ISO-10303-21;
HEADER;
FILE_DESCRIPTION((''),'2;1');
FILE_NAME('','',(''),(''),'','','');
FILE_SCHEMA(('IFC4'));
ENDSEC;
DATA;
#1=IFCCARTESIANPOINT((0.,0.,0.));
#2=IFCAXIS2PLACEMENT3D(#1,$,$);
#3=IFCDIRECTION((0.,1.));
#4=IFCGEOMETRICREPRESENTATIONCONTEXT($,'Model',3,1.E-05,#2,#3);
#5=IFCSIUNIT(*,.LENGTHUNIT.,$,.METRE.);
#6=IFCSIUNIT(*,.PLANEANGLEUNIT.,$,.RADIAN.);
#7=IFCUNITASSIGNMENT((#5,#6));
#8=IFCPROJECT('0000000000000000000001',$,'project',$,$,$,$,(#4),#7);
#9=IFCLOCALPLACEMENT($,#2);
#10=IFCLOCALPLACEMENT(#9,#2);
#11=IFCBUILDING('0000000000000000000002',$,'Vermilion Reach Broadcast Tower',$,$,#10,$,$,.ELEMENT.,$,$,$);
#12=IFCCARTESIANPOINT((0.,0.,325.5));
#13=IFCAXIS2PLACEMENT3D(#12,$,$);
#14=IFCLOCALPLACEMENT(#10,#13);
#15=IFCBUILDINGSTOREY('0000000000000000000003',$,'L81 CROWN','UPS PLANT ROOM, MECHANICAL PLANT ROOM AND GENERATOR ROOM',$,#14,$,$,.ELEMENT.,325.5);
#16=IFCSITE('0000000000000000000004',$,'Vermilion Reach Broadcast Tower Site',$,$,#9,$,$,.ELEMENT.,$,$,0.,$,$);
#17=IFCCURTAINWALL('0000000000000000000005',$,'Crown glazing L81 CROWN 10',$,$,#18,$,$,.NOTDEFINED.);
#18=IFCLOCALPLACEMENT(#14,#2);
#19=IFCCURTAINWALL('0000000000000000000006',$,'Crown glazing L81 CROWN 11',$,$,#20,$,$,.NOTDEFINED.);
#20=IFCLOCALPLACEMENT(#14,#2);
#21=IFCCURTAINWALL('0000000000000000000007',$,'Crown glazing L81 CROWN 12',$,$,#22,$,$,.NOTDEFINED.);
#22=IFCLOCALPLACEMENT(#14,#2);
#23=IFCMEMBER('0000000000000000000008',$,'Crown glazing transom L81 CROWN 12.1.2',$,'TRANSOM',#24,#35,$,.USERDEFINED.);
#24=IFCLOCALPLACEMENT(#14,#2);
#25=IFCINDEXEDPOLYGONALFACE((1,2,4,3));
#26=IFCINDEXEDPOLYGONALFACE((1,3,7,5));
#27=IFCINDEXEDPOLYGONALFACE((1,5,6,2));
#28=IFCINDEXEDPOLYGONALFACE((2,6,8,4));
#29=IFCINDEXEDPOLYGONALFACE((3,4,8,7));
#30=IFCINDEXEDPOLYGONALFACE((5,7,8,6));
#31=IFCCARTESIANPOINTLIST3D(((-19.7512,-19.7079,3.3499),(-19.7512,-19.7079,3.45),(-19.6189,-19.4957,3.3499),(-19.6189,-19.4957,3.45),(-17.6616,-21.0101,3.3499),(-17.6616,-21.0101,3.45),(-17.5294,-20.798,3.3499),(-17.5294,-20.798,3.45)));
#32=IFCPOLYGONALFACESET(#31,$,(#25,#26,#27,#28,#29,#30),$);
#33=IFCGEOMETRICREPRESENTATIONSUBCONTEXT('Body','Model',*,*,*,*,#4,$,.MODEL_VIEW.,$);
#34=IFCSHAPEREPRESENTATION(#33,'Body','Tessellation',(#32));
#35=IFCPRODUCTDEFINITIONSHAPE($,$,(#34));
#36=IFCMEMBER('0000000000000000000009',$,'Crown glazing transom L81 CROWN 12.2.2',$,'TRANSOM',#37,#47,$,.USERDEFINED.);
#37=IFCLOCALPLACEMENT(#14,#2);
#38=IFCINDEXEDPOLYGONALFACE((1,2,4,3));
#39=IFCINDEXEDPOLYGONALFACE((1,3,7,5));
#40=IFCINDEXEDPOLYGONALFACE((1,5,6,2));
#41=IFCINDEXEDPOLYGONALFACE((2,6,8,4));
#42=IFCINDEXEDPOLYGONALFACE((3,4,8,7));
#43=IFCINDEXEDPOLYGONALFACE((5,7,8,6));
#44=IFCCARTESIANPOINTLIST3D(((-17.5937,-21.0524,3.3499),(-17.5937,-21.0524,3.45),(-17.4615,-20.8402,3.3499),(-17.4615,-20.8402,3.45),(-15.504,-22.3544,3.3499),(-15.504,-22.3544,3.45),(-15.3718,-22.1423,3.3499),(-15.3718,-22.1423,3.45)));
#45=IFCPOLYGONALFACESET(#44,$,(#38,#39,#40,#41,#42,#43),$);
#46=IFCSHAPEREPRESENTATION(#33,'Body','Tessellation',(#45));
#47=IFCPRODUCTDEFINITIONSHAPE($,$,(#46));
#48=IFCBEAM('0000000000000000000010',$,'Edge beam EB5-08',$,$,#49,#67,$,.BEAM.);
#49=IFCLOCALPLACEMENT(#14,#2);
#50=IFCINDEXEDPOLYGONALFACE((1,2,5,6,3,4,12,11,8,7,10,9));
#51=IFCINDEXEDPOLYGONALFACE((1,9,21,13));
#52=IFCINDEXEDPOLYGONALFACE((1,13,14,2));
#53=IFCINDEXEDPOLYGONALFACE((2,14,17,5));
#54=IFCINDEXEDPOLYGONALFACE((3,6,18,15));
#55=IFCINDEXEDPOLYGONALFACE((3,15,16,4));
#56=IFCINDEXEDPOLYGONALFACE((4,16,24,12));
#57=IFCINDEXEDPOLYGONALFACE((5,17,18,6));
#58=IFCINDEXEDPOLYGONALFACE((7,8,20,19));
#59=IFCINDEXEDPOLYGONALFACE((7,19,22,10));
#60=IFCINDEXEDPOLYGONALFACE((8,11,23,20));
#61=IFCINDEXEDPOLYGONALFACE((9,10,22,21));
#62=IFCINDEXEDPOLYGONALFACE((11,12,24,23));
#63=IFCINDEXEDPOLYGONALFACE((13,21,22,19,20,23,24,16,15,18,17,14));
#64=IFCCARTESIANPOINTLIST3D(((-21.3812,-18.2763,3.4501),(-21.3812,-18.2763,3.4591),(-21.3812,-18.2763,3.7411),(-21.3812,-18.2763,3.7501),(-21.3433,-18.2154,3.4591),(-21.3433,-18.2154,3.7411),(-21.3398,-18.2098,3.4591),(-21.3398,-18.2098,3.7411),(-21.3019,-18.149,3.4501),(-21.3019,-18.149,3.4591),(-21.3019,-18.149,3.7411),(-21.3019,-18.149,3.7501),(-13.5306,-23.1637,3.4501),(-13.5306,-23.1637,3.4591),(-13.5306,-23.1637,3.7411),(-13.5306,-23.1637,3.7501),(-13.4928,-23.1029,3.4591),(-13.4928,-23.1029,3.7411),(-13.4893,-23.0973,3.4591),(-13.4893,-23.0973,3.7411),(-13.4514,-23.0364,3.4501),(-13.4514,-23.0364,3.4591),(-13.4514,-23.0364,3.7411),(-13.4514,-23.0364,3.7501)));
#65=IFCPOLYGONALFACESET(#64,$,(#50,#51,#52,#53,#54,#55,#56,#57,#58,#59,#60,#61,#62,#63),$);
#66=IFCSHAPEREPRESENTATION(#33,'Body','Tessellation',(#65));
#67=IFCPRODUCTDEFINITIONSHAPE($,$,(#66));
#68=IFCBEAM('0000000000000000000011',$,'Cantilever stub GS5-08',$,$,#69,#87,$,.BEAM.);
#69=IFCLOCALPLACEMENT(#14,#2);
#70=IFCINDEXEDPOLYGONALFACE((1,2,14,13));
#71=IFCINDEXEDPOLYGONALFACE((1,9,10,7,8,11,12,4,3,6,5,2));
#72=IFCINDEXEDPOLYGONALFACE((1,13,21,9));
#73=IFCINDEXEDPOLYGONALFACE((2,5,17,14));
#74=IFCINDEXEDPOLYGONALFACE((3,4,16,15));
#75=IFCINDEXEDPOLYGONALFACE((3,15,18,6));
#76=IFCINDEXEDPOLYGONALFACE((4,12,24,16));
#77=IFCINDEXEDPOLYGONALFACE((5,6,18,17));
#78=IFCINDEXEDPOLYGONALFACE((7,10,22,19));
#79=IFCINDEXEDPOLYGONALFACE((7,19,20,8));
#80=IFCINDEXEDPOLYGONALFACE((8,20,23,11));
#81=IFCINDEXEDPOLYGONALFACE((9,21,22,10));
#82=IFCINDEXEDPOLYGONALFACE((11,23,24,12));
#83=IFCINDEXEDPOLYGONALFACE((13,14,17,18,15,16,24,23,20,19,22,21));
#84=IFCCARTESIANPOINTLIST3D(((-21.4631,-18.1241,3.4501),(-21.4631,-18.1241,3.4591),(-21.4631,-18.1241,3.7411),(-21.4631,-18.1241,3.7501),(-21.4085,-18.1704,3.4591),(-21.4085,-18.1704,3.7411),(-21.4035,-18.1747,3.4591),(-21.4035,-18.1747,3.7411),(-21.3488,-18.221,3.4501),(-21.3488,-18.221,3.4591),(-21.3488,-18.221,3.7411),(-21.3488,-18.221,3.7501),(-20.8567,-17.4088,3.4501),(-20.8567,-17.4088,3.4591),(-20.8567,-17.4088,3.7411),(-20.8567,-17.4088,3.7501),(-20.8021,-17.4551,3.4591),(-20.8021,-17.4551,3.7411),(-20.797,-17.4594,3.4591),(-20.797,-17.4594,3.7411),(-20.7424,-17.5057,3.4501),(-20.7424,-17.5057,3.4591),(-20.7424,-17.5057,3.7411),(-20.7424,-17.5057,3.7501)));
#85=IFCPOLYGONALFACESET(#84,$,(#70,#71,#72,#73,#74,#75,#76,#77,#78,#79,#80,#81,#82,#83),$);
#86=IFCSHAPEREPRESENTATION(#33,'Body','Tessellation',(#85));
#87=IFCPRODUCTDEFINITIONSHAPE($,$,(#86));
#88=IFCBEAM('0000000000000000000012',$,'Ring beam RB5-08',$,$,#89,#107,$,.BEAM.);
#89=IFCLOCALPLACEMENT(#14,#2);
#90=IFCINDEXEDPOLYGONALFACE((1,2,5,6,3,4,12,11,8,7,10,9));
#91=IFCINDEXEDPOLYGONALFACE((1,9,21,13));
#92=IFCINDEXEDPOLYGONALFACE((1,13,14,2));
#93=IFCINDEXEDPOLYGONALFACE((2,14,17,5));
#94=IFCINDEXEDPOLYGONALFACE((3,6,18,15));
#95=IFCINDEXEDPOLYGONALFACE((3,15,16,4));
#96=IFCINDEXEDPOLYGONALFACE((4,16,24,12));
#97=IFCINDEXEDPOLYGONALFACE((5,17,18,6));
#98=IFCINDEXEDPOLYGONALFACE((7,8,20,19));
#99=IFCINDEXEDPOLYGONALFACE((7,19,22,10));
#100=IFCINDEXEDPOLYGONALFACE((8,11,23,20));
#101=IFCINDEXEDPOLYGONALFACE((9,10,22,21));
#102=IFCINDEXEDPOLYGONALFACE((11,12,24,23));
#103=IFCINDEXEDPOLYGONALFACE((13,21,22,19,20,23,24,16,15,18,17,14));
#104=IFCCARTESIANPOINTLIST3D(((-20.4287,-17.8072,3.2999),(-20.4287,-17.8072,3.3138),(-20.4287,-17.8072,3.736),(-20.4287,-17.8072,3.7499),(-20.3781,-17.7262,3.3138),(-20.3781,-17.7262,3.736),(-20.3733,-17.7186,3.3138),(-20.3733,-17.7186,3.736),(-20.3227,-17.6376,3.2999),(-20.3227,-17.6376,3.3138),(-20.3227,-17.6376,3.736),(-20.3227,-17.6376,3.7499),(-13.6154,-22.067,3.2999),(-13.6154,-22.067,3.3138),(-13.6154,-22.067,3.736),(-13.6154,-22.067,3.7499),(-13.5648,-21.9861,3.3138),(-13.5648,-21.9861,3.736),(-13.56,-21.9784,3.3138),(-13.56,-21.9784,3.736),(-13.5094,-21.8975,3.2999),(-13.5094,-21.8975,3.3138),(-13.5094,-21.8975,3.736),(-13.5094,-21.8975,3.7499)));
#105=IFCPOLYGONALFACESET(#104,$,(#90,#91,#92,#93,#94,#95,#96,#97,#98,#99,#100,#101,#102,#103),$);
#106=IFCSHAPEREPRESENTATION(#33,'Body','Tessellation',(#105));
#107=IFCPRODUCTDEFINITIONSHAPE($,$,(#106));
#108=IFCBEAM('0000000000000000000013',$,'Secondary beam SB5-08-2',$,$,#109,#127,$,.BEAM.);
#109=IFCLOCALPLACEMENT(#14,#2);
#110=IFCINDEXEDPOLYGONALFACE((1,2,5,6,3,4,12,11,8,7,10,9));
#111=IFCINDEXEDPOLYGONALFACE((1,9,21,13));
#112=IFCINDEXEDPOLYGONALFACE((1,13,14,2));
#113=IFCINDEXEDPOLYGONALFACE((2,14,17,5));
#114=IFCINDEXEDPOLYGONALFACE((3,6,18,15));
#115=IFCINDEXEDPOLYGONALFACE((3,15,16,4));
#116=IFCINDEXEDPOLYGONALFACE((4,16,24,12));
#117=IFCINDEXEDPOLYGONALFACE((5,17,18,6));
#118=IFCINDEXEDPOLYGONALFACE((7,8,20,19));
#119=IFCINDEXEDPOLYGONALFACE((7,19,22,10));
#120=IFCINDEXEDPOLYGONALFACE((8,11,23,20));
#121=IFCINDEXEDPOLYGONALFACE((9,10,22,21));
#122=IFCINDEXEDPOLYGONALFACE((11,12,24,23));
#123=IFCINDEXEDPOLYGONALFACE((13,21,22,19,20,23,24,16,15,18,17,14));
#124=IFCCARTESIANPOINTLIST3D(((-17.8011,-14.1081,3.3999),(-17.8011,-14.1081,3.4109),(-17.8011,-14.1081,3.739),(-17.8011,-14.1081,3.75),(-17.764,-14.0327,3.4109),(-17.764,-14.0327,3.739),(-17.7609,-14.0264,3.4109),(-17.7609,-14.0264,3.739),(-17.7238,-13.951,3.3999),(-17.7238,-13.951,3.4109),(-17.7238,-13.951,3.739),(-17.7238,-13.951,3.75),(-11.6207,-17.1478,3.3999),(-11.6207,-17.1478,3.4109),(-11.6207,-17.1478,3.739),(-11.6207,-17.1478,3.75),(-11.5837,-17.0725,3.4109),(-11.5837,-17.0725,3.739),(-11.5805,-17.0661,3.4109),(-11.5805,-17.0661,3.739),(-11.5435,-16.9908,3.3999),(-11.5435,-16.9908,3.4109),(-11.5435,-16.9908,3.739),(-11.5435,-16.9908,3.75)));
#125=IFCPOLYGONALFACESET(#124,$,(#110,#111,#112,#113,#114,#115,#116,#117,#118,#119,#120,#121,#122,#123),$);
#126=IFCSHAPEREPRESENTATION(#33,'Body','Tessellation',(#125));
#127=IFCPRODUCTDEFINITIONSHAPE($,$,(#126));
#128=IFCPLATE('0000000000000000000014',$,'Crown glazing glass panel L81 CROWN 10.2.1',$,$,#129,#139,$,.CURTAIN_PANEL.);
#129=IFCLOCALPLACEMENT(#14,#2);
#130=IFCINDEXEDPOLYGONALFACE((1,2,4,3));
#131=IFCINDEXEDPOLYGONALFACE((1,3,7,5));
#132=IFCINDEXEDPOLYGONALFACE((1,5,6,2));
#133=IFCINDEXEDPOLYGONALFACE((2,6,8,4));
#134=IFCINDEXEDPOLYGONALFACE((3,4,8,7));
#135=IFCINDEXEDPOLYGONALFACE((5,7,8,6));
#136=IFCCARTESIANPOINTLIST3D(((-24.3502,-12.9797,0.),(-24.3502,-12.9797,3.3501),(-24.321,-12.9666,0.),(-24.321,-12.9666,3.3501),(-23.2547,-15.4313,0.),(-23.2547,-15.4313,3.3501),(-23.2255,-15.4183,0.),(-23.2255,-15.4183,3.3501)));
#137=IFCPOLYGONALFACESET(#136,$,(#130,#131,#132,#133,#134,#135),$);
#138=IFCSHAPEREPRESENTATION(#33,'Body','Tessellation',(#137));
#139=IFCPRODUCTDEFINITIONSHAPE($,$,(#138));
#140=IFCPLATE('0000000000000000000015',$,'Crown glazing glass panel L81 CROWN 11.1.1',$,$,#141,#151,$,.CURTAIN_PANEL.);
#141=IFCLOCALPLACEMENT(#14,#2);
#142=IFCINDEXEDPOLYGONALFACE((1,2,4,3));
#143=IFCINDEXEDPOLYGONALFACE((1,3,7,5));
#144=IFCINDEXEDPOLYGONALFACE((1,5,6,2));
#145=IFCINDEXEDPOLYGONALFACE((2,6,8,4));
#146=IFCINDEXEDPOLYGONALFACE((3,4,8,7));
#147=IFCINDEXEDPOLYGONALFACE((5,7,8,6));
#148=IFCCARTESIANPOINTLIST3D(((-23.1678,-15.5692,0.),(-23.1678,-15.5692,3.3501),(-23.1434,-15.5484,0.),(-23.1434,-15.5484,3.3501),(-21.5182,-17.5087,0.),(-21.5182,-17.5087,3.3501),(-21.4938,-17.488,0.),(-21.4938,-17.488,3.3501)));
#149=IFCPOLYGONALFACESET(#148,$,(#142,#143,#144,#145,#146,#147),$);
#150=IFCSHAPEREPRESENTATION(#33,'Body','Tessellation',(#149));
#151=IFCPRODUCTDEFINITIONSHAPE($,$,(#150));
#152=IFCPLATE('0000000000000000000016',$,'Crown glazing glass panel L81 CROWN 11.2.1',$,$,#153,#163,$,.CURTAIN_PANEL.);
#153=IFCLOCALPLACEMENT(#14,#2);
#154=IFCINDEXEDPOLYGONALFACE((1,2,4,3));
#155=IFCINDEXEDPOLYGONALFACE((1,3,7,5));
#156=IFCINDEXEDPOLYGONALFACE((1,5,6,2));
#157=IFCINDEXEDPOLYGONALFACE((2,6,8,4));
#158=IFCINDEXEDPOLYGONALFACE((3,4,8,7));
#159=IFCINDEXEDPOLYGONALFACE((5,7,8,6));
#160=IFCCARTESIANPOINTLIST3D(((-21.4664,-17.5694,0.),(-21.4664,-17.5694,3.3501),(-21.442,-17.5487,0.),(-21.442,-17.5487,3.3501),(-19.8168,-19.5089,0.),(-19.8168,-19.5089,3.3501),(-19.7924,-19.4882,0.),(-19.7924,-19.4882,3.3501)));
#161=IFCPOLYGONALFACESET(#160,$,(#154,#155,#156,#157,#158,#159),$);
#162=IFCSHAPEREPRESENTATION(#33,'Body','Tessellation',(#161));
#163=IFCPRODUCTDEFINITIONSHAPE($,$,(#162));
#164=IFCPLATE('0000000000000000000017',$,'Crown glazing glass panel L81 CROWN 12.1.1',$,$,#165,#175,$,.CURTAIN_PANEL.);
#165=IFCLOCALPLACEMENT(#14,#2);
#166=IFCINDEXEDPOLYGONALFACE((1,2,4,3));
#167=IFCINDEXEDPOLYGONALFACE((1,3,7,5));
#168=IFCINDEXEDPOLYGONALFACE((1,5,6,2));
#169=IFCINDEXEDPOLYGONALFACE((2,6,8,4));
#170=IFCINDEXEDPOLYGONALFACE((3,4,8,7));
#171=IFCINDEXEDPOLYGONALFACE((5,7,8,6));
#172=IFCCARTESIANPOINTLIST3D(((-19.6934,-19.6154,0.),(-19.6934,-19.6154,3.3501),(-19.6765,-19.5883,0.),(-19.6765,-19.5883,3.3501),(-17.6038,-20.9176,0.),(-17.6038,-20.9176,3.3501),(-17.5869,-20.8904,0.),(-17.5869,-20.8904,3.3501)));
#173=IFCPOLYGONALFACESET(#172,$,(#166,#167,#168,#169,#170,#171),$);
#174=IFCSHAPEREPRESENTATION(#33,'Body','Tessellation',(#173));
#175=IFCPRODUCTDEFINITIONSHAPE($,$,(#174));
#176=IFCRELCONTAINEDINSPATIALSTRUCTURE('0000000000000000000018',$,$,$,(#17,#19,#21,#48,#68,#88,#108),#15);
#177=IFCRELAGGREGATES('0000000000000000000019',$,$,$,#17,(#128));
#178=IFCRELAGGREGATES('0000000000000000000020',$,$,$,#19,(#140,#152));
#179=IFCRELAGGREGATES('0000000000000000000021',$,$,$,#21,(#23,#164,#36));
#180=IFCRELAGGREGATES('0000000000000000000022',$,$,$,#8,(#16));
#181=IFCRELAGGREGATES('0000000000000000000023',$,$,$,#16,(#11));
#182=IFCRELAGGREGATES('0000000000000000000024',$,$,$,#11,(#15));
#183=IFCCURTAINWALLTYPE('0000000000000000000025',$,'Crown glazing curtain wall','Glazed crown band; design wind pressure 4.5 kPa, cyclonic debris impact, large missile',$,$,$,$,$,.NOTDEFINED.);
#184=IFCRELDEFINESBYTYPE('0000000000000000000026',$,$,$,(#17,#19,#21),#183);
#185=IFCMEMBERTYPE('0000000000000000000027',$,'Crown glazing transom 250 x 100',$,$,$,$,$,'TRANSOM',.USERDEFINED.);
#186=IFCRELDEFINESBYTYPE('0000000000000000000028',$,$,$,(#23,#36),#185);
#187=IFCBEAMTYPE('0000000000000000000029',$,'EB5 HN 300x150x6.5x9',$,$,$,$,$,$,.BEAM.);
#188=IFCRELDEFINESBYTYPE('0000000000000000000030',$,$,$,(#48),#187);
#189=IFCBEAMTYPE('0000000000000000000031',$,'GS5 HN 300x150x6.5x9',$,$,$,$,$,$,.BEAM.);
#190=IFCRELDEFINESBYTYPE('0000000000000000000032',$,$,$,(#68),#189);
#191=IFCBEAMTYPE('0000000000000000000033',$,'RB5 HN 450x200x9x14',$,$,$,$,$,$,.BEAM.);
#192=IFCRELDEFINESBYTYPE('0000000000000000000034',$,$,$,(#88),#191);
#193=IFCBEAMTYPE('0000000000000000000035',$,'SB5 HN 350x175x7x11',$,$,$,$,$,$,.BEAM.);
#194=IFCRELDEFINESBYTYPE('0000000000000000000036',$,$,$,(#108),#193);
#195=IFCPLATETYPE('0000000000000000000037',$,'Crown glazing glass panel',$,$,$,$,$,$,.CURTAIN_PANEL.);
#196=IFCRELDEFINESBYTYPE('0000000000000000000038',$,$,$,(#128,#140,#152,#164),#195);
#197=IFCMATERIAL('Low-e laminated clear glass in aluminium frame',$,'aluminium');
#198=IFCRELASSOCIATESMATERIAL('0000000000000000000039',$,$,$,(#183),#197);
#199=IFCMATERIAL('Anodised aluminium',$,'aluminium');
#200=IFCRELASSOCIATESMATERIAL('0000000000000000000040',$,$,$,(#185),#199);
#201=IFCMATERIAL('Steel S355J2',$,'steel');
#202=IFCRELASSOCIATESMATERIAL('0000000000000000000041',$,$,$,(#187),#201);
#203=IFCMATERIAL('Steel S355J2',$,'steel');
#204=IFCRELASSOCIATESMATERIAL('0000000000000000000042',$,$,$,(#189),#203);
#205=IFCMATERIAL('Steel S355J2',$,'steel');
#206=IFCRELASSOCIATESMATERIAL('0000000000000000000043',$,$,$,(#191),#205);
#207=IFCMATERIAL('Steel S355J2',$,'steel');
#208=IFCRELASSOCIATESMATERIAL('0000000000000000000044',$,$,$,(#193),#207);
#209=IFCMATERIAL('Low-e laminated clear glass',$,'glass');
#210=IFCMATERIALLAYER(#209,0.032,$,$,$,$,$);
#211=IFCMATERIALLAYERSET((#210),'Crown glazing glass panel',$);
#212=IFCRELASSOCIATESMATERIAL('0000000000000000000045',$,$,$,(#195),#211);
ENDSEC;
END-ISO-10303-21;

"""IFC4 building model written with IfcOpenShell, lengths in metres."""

from ifc_helpers import new_model, si_unit, direction, frame, origin, origin_2d, place, context, subcontext, project, spatial, rectangle, i_section, extrude, material, layer, layer_set, material_profile, profile_set, type_object, element, aggregate, save


model = new_model("IFC4")

# Units and contexts
model_context = context("Model", 3, precision=1e-05, world=origin(), true_north=direction((0.0, 1.0)))
body_context = subcontext(model_context, "Body", "Model", "MODEL_VIEW")
ifc_project = project(units=[si_unit("LENGTHUNIT", "METRE"), si_unit("PLANEANGLEUNIT", "RADIAN")], contexts=[model_context])

# Site, building, storey
site_placement = place(None, origin())
site = spatial("IfcSite", under=ifc_project, at=site_placement, Name="Vermilion Reach Broadcast Tower Site", CompositionType="ELEMENT", RefElevation=0.0)
building_placement = place(site_placement, origin())
building = spatial("IfcBuilding", under=site, at=building_placement, Name="Vermilion Reach Broadcast Tower", CompositionType="ELEMENT")
storey_placement = place(building_placement, frame((0.0, 0.0, 325.5)))
storey = spatial("IfcBuildingStorey", under=building, at=storey_placement, Name="L81 CROWN", Description="UPS PLANT ROOM, MECHANICAL PLANT ROOM AND GENERATOR ROOM", CompositionType="ELEMENT", Elevation=325.5)

# Curtain wall
ifc_material_1 = material(Name="Low-e laminated clear glass in aluminium frame", Category="aluminium")
curtain_wall_type = type_object("IfcCurtainWallType", Name="Crown glazing curtain wall", Description="Glazed crown band; design wind pressure 4.5 kPa, cyclonic debris impact, large missile", PredefinedType="NOTDEFINED", material=ifc_material_1)
placement = place(storey_placement, origin())
curtain_wall_1 = element("IfcCurtainWall", 1, at=placement, inside=storey, type_object=curtain_wall_type, Name="Crown glazing L81 CROWN 10", PredefinedType="NOTDEFINED")

# Curtain walls
curtain_wall_2 = element("IfcCurtainWall", 2, at=placement, inside=storey, type_object=curtain_wall_type, Name="Crown glazing L81 CROWN 11", PredefinedType="NOTDEFINED")
curtain_wall_3 = element("IfcCurtainWall", 3, at=placement, inside=storey, type_object=curtain_wall_type, Name="Crown glazing L81 CROWN 12", PredefinedType="NOTDEFINED")

# Members
ifc_material_2 = material(Name="Anodised aluminium", Category="aluminium")
ifc_material_profile_1 = material_profile(ifc_material_2, rectangle(XDim=0.25, YDim=0.1001, at=origin_2d()), Name="Crown glazing transom 250 x 100")
ifc_profile_set_1 = profile_set([ifc_material_profile_1], Name="Anodised aluminium")
member_type_1 = type_object("IfcMemberType", Name="Crown glazing transom 250 x 100", ElementType="TRANSOM", PredefinedType="USERDEFINED", material=ifc_profile_set_1)
member_1_placement = place(storey_placement, frame((-19.6851, -19.6018, 3.3999), z_axis=(0.848683, -0.528902, 0.0), x_axis=(0.528902, 0.848683, 0.0)))
member_1 = element("IfcMember", 4, at=member_1_placement, type_object=member_type_1, Name="Crown glazing transom L81 CROWN 12.1.2", ObjectType="TRANSOM", PredefinedType="USERDEFINED", context=body_context, shape_type="SweptSolid", body=[
    extrude(rectangle(XDim=0.25, YDim=0.1001, at=origin_2d()), origin(), (0.0, 0.0, 1.0), 2.4622),
])
member_2_placement = place(storey_placement, frame((-17.5276, -20.9463, 3.3999), z_axis=(0.848727, -0.528831, 0.0), x_axis=(0.528831, 0.848727, 0.0)))
member_2 = element("IfcMember", 5, at=member_2_placement, type_object=member_type_1, Name="Crown glazing transom L81 CROWN 12.2.2", ObjectType="TRANSOM", PredefinedType="USERDEFINED", context=body_context, shape_type="SweptSolid", body=[
    extrude(rectangle(XDim=0.25, YDim=0.1001, at=origin_2d()), origin(), (0.0, 0.0, 1.0), 2.4622),
])

# Beams
ifc_material_3 = material(Name="Steel S355J2", Category="steel")
ifc_material_profile_2 = material_profile(ifc_material_3, i_section(OverallWidth=0.1499, OverallDepth=0.3, WebThickness=0.0066, FlangeThickness=0.009, at=origin_2d()), Name="S355J2 HN 300x150x6.5x9")
ifc_profile_set_2 = profile_set([ifc_material_profile_2], Name="Steel S355J2")
beam_type_1 = type_object("IfcBeamType", Name="EB5 HN 300x150x6.5x9", PredefinedType="BEAM", material=ifc_profile_set_2)
beam_1_placement = place(storey_placement, frame((-21.3416, -18.2126, 3.6001), z_axis=(0.848928, -0.528508, 0.0), x_axis=(0.528508, 0.848928, 0.0)))
element("IfcBeam", 6, at=beam_1_placement, inside=storey, type_object=beam_type_1, Name="Edge beam EB5-08", PredefinedType="BEAM", context=body_context, shape_type="SweptSolid", body=[
    extrude(i_section(OverallWidth=0.1499, OverallDepth=0.3, WebThickness=0.0066, FlangeThickness=0.009, at=origin_2d()), origin(), (0.0, 0.0, 1.0), 9.2476),
])
ifc_material_4 = material(Name="Steel S355J2", Category="steel")
ifc_material_profile_3 = material_profile(ifc_material_4, i_section(OverallWidth=0.1499, OverallDepth=0.3, WebThickness=0.0066, FlangeThickness=0.009, at=origin_2d()), Name="S355J2 HN 300x150x6.5x9")
ifc_profile_set_3 = profile_set([ifc_material_profile_3], Name="Steel S355J2")
beam_type_2 = type_object("IfcBeamType", Name="GS5 HN 300x150x6.5x9", PredefinedType="BEAM", material=ifc_profile_set_3)
beam_2_placement = place(storey_placement, frame((-20.7996, -17.4573, 3.6001), z_axis=(-0.646665, -0.762774, 0.0), x_axis=(0.762774, -0.646665, 0.0)))
element("IfcBeam", 7, at=beam_2_placement, inside=storey, type_object=beam_type_2, Name="Cantilever stub GS5-08", PredefinedType="BEAM", context=body_context, shape_type="SweptSolid", body=[
    extrude(i_section(OverallWidth=0.1499, OverallDepth=0.3, WebThickness=0.0066, FlangeThickness=0.009, at=origin_2d()), origin(), (0.0, 0.0, 1.0), 0.9377),
])
ifc_material_5 = material(Name="Steel S355J2", Category="steel")
ifc_material_profile_4 = material_profile(ifc_material_5, i_section(OverallWidth=0.2, OverallDepth=0.45, WebThickness=0.009, FlangeThickness=0.0139, at=origin_2d()), Name="S355J2 HN 450x200x9x14")
ifc_profile_set_4 = profile_set([ifc_material_profile_4], Name="Steel S355J2")
beam_type_3 = type_object("IfcBeamType", Name="RB5 HN 450x200x9x14", PredefinedType="BEAM", material=ifc_profile_set_4)
beam_3_placement = place(storey_placement, frame((-20.3757, -17.7224, 3.5249), z_axis=(0.847915, -0.530133, 0.0), x_axis=(0.530133, 0.847915, 0.0)))
element("IfcBeam", 8, at=beam_3_placement, inside=storey, type_object=beam_type_3, Name="Ring beam RB5-08", PredefinedType="BEAM", context=body_context, shape_type="SweptSolid", body=[
    extrude(i_section(OverallWidth=0.2, OverallDepth=0.45, WebThickness=0.009, FlangeThickness=0.0139, at=origin_2d()), origin(), (0.0, 0.0, 1.0), 8.0354),
])
ifc_material_6 = material(Name="Steel S355J2", Category="steel")
ifc_material_profile_5 = material_profile(ifc_material_6, i_section(OverallWidth=0.175, OverallDepth=0.3501, WebThickness=0.0071, FlangeThickness=0.011, at=origin_2d()), Name="S355J2 HN 350x175x7x11")
ifc_profile_set_5 = profile_set([ifc_material_profile_5], Name="Steel S355J2")
beam_type_4 = type_object("IfcBeamType", Name="SB5 HN 350x175x7x11", PredefinedType="BEAM", material=ifc_profile_set_5)
beam_4_placement = place(storey_placement, frame((-17.7625, -14.0295, 3.575), z_axis=(0.897336, -0.441348, 0.0), x_axis=(0.441348, 0.897336, 0.0)))
element("IfcBeam", 9, at=beam_4_placement, inside=storey, type_object=beam_type_4, Name="Secondary beam SB5-08-2", PredefinedType="BEAM", context=body_context, shape_type="SweptSolid", body=[
    extrude(i_section(OverallWidth=0.175, OverallDepth=0.3501, WebThickness=0.0071, FlangeThickness=0.011, at=origin_2d()), origin(), (0.0, 0.0, 1.0), 6.8875),
])

# Plates
ifc_material_7 = material(Name="Low-e laminated clear glass", Category="glass")
ifc_layer_1 = layer(ifc_material_7, 0.032)
ifc_layer_set_1 = layer_set([ifc_layer_1], Name="Crown glazing glass panel")
plate_type = type_object("IfcPlateType", Name="Crown glazing glass panel", PredefinedType="CURTAIN_PANEL", material=ifc_layer_set_1)
plate_1_placement = place(storey_placement, frame((-23.7878, -14.199, 0.0), z_axis=(0.0, 0.0, 1.0), x_axis=(0.407985, -0.912989, 0.0)))
plate_1 = element("IfcPlate", 10, at=plate_1_placement, type_object=plate_type, Name="Crown glazing glass panel L81 CROWN 10.2.1", PredefinedType="CURTAIN_PANEL", context=body_context, shape_type="SweptSolid", body=[
    extrude(rectangle(XDim=2.6853, YDim=0.032, at=origin_2d()), origin(), (0.0, 0.0, 1.0), 3.3501),
])
aggregate(curtain_wall_1, [plate_1])
plate_2_placement = place(storey_placement, frame((-22.3308, -16.5286, 0.0), z_axis=(0.0, 0.0, 1.0), x_axis=(0.647871, -0.76175, 0.0)))
plate_2 = element("IfcPlate", 11, at=plate_2_placement, type_object=plate_type, Name="Crown glazing glass panel L81 CROWN 11.1.1", PredefinedType="CURTAIN_PANEL", context=body_context, shape_type="SweptSolid", body=[
    extrude(rectangle(XDim=2.5461, YDim=0.032, at=origin_2d()), origin(), (0.0, 0.0, 1.0), 3.3501),
])
plate_3_placement = place(storey_placement, frame((-20.6294, -18.5288, 0.0), z_axis=(0.0, 0.0, 1.0), x_axis=(0.647871, -0.76175, 0.0)))
plate_3 = element("IfcPlate", 12, at=plate_3_placement, type_object=plate_type, Name="Crown glazing glass panel L81 CROWN 11.2.1", PredefinedType="CURTAIN_PANEL", context=body_context, shape_type="SweptSolid", body=[
    extrude(rectangle(XDim=2.5461, YDim=0.032, at=origin_2d()), origin(), (0.0, 0.0, 1.0), 3.3501),
])
aggregate(curtain_wall_2, [plate_2, plate_3])
plate_4_placement = place(storey_placement, frame((-18.6401, -20.2529, 0.0), z_axis=(0.0, 0.0, 1.0), x_axis=(0.848708, -0.528861, 0.0)))
plate_4 = element("IfcPlate", 13, at=plate_4_placement, type_object=plate_type, Name="Crown glazing glass panel L81 CROWN 12.1.1", PredefinedType="CURTAIN_PANEL", context=body_context, shape_type="SweptSolid", body=[
    extrude(rectangle(XDim=2.4622, YDim=0.032, at=origin_2d()), origin(), (0.0, 0.0, 1.0), 3.3501),
])
aggregate(curtain_wall_3, [member_1, plate_4, member_2])

save(model, "model.ifc")
